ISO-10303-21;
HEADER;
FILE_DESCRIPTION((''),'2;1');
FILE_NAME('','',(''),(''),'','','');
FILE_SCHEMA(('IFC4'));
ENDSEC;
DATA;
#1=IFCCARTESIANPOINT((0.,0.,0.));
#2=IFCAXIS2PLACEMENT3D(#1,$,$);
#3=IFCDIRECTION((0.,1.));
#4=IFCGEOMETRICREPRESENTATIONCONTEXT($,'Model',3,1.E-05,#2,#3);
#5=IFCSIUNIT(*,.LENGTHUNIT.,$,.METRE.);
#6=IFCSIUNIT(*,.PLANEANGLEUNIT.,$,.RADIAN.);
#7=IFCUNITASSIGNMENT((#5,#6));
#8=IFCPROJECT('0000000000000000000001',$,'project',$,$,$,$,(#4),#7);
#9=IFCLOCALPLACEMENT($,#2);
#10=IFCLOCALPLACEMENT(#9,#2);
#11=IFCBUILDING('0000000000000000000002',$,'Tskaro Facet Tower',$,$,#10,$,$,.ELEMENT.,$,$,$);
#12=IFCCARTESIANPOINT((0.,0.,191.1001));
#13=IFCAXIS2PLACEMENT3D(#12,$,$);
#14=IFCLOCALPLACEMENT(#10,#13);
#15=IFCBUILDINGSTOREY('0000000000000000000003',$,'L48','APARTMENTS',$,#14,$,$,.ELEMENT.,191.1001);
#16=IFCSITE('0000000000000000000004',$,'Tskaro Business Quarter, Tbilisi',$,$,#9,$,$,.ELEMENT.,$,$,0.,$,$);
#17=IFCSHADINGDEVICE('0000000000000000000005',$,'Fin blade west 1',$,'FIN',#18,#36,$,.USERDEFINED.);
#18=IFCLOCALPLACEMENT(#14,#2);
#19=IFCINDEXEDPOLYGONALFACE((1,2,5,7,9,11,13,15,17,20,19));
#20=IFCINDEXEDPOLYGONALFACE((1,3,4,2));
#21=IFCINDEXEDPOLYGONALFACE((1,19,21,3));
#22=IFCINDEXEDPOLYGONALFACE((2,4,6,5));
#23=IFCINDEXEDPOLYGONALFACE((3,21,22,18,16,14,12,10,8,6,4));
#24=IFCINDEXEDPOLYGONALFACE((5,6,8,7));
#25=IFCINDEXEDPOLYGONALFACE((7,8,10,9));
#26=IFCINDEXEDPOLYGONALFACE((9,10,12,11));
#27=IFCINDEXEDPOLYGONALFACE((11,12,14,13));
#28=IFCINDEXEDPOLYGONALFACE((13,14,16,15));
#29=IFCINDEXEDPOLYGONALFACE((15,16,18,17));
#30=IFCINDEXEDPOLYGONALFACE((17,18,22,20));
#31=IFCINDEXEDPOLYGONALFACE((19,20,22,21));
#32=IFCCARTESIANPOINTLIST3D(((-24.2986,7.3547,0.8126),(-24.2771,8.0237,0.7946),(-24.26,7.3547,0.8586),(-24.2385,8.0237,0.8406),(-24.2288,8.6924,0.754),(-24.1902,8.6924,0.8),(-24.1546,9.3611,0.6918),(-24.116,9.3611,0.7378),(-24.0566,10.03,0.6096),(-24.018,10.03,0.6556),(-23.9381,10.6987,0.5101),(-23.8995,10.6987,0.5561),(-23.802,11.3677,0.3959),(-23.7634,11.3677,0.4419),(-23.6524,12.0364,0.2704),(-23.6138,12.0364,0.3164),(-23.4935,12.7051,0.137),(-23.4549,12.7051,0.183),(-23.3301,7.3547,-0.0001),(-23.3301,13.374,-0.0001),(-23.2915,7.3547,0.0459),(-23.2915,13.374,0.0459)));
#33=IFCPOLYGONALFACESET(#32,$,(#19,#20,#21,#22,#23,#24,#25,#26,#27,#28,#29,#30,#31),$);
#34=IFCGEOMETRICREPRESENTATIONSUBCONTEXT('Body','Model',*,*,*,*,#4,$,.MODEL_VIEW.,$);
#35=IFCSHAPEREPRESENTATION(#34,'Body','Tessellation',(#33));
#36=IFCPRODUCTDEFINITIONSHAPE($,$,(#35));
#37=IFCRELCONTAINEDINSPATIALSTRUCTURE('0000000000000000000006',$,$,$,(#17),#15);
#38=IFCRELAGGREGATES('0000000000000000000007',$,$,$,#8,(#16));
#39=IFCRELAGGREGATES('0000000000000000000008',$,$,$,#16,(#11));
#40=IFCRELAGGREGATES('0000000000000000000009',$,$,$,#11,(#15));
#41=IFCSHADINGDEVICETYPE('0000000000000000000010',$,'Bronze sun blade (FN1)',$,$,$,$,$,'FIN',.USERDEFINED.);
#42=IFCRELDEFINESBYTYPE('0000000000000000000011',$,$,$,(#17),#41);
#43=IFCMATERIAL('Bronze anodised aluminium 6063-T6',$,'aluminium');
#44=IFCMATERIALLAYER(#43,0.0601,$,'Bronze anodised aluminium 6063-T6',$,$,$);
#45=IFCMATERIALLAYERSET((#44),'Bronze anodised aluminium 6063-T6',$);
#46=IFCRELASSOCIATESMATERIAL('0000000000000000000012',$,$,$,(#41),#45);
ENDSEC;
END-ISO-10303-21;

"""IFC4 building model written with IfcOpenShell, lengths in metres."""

from ifc_helpers import new_model, si_unit, direction, frame, origin, place, context, subcontext, project, spatial, polyline, outline, extrude, material, layer, layer_set, type_object, element, save


model = new_model("IFC4")

# Units and contexts
model_context = context("Model", 3, precision=1e-05, world=origin(), true_north=direction((0.0, 1.0)))
body_context = subcontext(model_context, "Body", "Model", "MODEL_VIEW")
ifc_project = project(units=[si_unit("LENGTHUNIT", "METRE"), si_unit("PLANEANGLEUNIT", "RADIAN")], contexts=[model_context])

# Site, building, storey
site_placement = place(None, origin())
site = spatial("IfcSite", under=ifc_project, at=site_placement, Name="Tskaro Business Quarter, Tbilisi", CompositionType="ELEMENT", RefElevation=0.0)
building_placement = place(site_placement, origin())
building = spatial("IfcBuilding", under=site, at=building_placement, Name="Tskaro Facet Tower", CompositionType="ELEMENT")
storey_placement = place(building_placement, frame((0.0, 0.0, 191.1001)))
storey = spatial("IfcBuildingStorey", under=building, at=storey_placement, Name="L48", Description="APARTMENTS", CompositionType="ELEMENT", Elevation=191.1001)

# Shared definitions
ifc_material_1 = material(Name="Bronze anodised aluminium 6063-T6", Category="aluminium")

# Shading device
ifc_layer_1 = layer(ifc_material_1, 0.0601, Name="Bronze anodised aluminium 6063-T6")
ifc_layer_set_1 = layer_set([ifc_layer_1], Name="Bronze anodised aluminium 6063-T6")
shading_device_type = type_object("IfcShadingDeviceType", Name="Bronze sun blade (FN1)", ElementType="FIN", PredefinedType="USERDEFINED", material=ifc_layer_set_1)
shading_device_placement = place(storey_placement, frame((-23.2915, 13.374, 0.0459), z_axis=(0.642837, -0.000007, 0.766003), x_axis=(-0.000005, -1.0, -0.000006)))
element("IfcShadingDevice", 1, at=shading_device_placement, inside=storey, type_object=shading_device_type, Name="Fin blade west 1", ObjectType="FIN", PredefinedType="USERDEFINED", context=body_context, shape_type="SweptSolid", body=[
    extrude(outline(polyline([(0.0, 0.0), (6.0193, 0.0), (6.0193, -1.2643), (5.3503, -1.2363), (4.6816, -1.1732), (4.0129, -1.0763), (3.344, -0.9484), (2.6753, -0.7937), (2.0063, -0.6161), (1.3376, -0.4207), (0.6689, -0.2133), (0.0, 0.0)])), origin(), (0.0, 0.0, -1.0), 0.0601),
])

save(model, "model.ifc")
